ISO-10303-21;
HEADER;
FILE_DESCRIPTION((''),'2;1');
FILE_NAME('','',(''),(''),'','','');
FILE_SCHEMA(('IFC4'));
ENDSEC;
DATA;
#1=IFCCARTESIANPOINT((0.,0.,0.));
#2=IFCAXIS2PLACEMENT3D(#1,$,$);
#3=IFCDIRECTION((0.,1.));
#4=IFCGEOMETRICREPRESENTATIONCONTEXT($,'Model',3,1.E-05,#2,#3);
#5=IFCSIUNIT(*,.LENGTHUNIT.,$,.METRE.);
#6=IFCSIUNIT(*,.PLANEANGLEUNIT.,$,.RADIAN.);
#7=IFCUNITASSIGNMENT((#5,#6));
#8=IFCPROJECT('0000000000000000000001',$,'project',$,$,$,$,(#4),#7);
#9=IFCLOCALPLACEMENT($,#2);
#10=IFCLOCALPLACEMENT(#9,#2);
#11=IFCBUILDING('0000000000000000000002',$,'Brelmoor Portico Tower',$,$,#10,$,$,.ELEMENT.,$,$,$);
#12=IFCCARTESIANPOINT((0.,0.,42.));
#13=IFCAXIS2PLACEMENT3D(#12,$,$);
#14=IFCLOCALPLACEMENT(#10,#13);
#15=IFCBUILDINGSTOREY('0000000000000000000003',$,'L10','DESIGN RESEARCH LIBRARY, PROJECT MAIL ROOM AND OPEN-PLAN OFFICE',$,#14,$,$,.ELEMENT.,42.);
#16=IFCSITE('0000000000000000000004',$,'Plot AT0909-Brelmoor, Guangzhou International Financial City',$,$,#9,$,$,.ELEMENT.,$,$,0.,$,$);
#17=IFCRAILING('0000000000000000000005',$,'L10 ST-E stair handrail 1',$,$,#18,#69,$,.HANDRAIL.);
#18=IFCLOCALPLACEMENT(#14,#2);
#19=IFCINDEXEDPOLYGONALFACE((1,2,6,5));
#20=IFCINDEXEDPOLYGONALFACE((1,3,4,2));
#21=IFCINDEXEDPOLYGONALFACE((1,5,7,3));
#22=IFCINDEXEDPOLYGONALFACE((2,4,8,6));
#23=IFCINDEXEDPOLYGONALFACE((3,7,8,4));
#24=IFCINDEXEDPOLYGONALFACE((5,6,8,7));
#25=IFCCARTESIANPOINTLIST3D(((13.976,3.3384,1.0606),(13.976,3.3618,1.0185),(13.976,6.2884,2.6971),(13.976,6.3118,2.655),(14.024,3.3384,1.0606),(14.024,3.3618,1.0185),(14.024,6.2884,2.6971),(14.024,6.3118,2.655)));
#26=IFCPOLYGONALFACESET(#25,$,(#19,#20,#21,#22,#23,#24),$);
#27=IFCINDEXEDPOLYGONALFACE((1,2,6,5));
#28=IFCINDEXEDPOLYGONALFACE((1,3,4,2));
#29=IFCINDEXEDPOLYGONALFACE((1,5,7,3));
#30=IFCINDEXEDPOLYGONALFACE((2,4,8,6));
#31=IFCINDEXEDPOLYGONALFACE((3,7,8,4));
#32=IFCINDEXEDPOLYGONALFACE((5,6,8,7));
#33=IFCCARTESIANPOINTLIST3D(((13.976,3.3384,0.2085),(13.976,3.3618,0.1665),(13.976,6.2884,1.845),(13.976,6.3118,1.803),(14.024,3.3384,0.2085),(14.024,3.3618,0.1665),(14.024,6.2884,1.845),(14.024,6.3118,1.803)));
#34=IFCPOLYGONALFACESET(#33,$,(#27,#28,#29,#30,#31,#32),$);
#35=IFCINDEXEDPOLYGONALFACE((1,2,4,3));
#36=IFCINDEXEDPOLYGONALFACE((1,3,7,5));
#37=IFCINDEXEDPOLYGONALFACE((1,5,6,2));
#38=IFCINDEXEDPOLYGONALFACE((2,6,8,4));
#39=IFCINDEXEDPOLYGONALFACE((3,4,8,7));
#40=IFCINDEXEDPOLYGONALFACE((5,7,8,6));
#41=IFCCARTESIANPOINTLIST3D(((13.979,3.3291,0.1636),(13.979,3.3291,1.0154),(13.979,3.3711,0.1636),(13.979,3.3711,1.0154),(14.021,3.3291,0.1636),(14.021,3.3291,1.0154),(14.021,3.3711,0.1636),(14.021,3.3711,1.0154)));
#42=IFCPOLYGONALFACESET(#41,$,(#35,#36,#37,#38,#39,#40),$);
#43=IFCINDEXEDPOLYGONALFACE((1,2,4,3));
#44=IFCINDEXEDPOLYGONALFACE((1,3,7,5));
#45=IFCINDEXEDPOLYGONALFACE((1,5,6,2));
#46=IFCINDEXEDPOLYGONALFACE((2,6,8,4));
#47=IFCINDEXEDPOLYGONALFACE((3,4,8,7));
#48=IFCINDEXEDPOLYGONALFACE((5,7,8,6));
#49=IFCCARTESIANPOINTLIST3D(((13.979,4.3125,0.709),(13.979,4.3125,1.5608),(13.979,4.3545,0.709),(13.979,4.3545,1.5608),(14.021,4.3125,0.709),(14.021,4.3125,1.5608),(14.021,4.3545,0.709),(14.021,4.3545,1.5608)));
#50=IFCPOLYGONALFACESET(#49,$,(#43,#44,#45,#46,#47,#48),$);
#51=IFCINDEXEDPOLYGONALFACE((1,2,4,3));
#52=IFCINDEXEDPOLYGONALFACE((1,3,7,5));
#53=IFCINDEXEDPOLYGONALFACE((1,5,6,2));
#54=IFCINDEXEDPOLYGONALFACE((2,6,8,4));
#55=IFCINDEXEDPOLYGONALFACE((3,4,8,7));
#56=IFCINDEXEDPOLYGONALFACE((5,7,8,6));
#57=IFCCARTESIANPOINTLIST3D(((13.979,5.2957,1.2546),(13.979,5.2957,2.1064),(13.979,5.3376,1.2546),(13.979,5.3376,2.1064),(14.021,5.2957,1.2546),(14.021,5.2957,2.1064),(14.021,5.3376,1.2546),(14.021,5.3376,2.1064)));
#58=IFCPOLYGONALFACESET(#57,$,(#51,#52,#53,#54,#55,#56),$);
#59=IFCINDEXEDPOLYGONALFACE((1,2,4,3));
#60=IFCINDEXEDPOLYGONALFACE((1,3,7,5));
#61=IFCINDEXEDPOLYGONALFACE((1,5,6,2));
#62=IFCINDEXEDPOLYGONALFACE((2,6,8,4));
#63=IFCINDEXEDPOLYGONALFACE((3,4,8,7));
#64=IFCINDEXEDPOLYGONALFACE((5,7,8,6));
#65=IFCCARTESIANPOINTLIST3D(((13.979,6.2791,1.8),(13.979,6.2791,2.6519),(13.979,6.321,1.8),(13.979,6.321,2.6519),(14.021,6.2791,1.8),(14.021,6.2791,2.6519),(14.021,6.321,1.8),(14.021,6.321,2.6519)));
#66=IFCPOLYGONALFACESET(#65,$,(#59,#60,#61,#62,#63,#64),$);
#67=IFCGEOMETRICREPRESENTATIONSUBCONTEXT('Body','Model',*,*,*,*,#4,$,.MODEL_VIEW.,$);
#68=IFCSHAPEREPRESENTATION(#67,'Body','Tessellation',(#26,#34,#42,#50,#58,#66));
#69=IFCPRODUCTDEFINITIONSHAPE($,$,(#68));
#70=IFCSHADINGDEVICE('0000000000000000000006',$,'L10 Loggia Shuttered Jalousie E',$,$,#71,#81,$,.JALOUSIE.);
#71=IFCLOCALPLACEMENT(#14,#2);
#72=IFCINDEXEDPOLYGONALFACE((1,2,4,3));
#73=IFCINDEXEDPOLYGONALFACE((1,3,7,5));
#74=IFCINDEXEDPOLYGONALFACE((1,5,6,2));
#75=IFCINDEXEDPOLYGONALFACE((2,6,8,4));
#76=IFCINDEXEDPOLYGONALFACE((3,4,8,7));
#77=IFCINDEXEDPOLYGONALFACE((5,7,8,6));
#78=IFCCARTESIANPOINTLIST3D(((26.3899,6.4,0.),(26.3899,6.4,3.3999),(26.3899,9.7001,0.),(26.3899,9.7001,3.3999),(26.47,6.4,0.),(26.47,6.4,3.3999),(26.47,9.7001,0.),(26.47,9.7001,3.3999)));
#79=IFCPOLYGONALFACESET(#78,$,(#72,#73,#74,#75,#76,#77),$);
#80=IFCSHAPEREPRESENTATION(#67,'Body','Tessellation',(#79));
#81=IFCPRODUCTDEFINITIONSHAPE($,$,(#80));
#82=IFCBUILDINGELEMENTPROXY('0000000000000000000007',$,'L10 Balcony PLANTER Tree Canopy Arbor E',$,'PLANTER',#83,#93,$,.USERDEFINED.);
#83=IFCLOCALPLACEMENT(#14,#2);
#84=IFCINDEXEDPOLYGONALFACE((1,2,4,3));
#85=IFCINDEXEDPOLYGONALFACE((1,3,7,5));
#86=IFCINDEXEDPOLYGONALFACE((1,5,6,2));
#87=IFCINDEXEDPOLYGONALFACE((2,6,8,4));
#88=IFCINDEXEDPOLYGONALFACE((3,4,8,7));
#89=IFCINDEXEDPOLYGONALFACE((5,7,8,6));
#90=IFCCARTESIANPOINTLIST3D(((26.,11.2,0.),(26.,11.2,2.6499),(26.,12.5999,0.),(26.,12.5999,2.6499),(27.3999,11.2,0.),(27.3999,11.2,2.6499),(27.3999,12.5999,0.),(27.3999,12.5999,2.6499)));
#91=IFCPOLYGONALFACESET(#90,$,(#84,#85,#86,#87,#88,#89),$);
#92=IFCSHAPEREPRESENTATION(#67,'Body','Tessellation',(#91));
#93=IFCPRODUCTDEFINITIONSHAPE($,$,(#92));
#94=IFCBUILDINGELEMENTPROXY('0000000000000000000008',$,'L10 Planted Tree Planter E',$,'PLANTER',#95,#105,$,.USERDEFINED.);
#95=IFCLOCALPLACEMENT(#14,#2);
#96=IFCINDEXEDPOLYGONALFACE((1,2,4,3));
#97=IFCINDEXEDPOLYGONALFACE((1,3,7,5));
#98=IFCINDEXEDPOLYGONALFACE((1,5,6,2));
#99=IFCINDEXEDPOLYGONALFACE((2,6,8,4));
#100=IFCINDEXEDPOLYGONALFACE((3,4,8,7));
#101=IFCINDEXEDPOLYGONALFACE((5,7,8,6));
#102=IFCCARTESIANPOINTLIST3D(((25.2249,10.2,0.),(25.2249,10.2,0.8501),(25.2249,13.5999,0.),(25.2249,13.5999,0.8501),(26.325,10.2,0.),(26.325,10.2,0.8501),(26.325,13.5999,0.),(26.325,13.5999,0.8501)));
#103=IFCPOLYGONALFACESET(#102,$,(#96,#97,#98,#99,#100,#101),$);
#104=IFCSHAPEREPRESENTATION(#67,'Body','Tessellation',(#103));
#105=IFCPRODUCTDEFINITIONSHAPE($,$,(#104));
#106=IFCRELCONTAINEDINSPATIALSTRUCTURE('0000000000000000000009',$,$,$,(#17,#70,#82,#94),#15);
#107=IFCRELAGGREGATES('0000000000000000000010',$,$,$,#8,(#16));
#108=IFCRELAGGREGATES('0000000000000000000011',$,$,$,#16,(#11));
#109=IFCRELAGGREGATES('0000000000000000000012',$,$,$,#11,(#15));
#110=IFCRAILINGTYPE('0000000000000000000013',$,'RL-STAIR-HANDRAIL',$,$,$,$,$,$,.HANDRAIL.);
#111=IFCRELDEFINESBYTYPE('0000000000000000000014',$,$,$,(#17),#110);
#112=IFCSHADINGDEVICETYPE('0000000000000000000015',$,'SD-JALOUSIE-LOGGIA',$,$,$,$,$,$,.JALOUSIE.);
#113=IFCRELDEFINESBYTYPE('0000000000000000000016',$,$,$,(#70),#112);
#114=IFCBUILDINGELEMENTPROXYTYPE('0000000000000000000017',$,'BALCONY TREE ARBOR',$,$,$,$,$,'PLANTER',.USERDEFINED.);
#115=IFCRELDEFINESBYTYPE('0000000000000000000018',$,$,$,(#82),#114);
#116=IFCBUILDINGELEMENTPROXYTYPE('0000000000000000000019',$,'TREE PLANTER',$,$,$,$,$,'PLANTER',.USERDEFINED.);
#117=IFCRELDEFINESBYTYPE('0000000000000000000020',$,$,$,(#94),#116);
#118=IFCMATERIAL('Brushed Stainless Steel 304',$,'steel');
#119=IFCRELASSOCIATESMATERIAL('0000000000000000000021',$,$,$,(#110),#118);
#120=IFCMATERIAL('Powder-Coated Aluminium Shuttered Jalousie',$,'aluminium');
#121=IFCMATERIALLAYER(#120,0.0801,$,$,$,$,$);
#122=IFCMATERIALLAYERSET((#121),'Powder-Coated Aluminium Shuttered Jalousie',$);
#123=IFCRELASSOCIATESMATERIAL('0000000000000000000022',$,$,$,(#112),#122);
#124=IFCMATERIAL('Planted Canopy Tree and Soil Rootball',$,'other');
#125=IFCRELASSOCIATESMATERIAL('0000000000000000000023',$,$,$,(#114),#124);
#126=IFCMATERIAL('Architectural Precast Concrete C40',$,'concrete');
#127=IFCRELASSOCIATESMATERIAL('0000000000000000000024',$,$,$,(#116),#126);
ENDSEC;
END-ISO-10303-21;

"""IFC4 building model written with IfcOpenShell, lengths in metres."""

from ifc_helpers import new_model, si_unit, direction, frame, origin, origin_2d, place, context, subcontext, project, spatial, rectangle, extrude, material, layer, layer_set, type_object, element, save


model = new_model("IFC4")

# Units and contexts
model_context = context("Model", 3, precision=1e-05, world=origin(), true_north=direction((0.0, 1.0)))
body_context = subcontext(model_context, "Body", "Model", "MODEL_VIEW")
ifc_project = project(units=[si_unit("LENGTHUNIT", "METRE"), si_unit("PLANEANGLEUNIT", "RADIAN")], contexts=[model_context])

# Site, building, storey
site_placement = place(None, origin())
site = spatial("IfcSite", under=ifc_project, at=site_placement, Name="Plot AT0909-Brelmoor, Guangzhou International Financial City", CompositionType="ELEMENT", RefElevation=0.0)
building_placement = place(site_placement, origin())
building = spatial("IfcBuilding", under=site, at=building_placement, Name="Brelmoor Portico Tower", CompositionType="ELEMENT")
storey_placement = place(building_placement, frame((0.0, 0.0, 42.0)))
storey = spatial("IfcBuildingStorey", under=building, at=storey_placement, Name="L10", Description="DESIGN RESEARCH LIBRARY, PROJECT MAIL ROOM AND OPEN-PLAN OFFICE", CompositionType="ELEMENT", Elevation=42.0)

# Railing
ifc_material_1 = material(Name="Brushed Stainless Steel 304", Category="steel")
railing_type_1 = type_object("IfcRailingType", Name="RL-STAIR-HANDRAIL", PredefinedType="HANDRAIL", material=ifc_material_1)
railing_1_placement = place(storey_placement, frame((14.0, 3.3501, 0.1636)))
element("IfcRailing", 1, at=railing_1_placement, inside=storey, type_object=railing_type_1, Name="L10 ST-E stair handrail 1", PredefinedType="HANDRAIL", context=body_context, shape_type="SweptSolid", body=[
    extrude(rectangle(XDim=0.0481, YDim=0.0481, at=origin_2d()), frame((0.0, 0.0, 0.876), z_axis=(0.0, 0.874458, 0.485102), x_axis=(-1.0, 0.0, 0.0)), (0.0, 0.0, 1.0), 3.3735),
    extrude(rectangle(XDim=0.0481, YDim=0.0481, at=origin_2d()), frame((0.0, 0.0, 0.0239), z_axis=(0.0, 0.874458, 0.485102), x_axis=(-1.0, 0.0, 0.0)), (0.0, 0.0, 1.0), 3.3735),
    extrude(rectangle(XDim=0.042, YDim=0.042, at=origin_2d()), origin(), (0.0, 0.0, 1.0), 0.8518),
    extrude(rectangle(XDim=0.042, YDim=0.042, at=origin_2d()), frame((0.0, 0.9834, 0.5454)), (0.0, 0.0, 1.0), 0.8518),
    extrude(rectangle(XDim=0.042, YDim=0.042, at=origin_2d()), frame((0.0, 1.9666, 1.0911)), (0.0, 0.0, 1.0), 0.8518),
    extrude(rectangle(XDim=0.042, YDim=0.042, at=origin_2d()), frame((0.0, 2.95, 1.6365)), (0.0, 0.0, 1.0), 0.8518),
])

# Shading device
ifc_material_2 = material(Name="Powder-Coated Aluminium Shuttered Jalousie", Category="aluminium")
ifc_layer_1 = layer(ifc_material_2, 0.0801)
ifc_layer_set_1 = layer_set([ifc_layer_1], Name="Powder-Coated Aluminium Shuttered Jalousie")
shading_device_type = type_object("IfcShadingDeviceType", Name="SD-JALOUSIE-LOGGIA", PredefinedType="JALOUSIE", material=ifc_layer_set_1)
shading_device_placement = place(storey_placement, frame((26.4299, 8.05, 0.0), z_axis=(0.0, 0.0, 1.0), x_axis=(0.0, 1.0, 0.0)))
element("IfcShadingDevice", 2, at=shading_device_placement, inside=storey, type_object=shading_device_type, Name="L10 Loggia Shuttered Jalousie E", PredefinedType="JALOUSIE", context=body_context, shape_type="SweptSolid", body=[
    extrude(rectangle(XDim=3.3, YDim=0.0801, at=origin_2d()), origin(), (0.0, 0.0, 1.0), 3.3999),
])

# Building element proxies
ifc_material_3 = material(Name="Planted Canopy Tree and Soil Rootball", Category="other")
building_element_proxy_type_1 = type_object("IfcBuildingElementProxyType", Name="BALCONY TREE ARBOR", ElementType="PLANTER", PredefinedType="USERDEFINED", material=ifc_material_3)
proxy_1_placement = place(storey_placement, frame((26.7, 11.8999, 0.0), z_axis=(0.0, 0.0, 1.0), x_axis=(1.0, 0.0, 0.0)))
element("IfcBuildingElementProxy", 3, at=proxy_1_placement, inside=storey, type_object=building_element_proxy_type_1, Name="L10 Balcony PLANTER Tree Canopy Arbor E", ObjectType="PLANTER", PredefinedType="USERDEFINED", context=body_context, shape_type="SweptSolid", body=[
    extrude(rectangle(XDim=1.3999, YDim=1.3999, at=origin_2d()), origin(), (0.0, 0.0, 1.0), 2.6499),
])
ifc_material_4 = material(Name="Architectural Precast Concrete C40", Category="concrete")
building_element_proxy_type_2 = type_object("IfcBuildingElementProxyType", Name="TREE PLANTER", ElementType="PLANTER", PredefinedType="USERDEFINED", material=ifc_material_4)
proxy_2_placement = place(storey_placement, frame((25.7749, 11.8999, 0.0), z_axis=(0.0, 0.0, 1.0), x_axis=(0.0, 1.0, 0.0)))
element("IfcBuildingElementProxy", 4, at=proxy_2_placement, inside=storey, type_object=building_element_proxy_type_2, Name="L10 Planted Tree Planter E", ObjectType="PLANTER", PredefinedType="USERDEFINED", context=body_context, shape_type="SweptSolid", body=[
    extrude(rectangle(XDim=3.3999, YDim=1.1001, at=origin_2d()), origin(), (0.0, 0.0, 1.0), 0.8501),
])

save(model, "model.ifc")
